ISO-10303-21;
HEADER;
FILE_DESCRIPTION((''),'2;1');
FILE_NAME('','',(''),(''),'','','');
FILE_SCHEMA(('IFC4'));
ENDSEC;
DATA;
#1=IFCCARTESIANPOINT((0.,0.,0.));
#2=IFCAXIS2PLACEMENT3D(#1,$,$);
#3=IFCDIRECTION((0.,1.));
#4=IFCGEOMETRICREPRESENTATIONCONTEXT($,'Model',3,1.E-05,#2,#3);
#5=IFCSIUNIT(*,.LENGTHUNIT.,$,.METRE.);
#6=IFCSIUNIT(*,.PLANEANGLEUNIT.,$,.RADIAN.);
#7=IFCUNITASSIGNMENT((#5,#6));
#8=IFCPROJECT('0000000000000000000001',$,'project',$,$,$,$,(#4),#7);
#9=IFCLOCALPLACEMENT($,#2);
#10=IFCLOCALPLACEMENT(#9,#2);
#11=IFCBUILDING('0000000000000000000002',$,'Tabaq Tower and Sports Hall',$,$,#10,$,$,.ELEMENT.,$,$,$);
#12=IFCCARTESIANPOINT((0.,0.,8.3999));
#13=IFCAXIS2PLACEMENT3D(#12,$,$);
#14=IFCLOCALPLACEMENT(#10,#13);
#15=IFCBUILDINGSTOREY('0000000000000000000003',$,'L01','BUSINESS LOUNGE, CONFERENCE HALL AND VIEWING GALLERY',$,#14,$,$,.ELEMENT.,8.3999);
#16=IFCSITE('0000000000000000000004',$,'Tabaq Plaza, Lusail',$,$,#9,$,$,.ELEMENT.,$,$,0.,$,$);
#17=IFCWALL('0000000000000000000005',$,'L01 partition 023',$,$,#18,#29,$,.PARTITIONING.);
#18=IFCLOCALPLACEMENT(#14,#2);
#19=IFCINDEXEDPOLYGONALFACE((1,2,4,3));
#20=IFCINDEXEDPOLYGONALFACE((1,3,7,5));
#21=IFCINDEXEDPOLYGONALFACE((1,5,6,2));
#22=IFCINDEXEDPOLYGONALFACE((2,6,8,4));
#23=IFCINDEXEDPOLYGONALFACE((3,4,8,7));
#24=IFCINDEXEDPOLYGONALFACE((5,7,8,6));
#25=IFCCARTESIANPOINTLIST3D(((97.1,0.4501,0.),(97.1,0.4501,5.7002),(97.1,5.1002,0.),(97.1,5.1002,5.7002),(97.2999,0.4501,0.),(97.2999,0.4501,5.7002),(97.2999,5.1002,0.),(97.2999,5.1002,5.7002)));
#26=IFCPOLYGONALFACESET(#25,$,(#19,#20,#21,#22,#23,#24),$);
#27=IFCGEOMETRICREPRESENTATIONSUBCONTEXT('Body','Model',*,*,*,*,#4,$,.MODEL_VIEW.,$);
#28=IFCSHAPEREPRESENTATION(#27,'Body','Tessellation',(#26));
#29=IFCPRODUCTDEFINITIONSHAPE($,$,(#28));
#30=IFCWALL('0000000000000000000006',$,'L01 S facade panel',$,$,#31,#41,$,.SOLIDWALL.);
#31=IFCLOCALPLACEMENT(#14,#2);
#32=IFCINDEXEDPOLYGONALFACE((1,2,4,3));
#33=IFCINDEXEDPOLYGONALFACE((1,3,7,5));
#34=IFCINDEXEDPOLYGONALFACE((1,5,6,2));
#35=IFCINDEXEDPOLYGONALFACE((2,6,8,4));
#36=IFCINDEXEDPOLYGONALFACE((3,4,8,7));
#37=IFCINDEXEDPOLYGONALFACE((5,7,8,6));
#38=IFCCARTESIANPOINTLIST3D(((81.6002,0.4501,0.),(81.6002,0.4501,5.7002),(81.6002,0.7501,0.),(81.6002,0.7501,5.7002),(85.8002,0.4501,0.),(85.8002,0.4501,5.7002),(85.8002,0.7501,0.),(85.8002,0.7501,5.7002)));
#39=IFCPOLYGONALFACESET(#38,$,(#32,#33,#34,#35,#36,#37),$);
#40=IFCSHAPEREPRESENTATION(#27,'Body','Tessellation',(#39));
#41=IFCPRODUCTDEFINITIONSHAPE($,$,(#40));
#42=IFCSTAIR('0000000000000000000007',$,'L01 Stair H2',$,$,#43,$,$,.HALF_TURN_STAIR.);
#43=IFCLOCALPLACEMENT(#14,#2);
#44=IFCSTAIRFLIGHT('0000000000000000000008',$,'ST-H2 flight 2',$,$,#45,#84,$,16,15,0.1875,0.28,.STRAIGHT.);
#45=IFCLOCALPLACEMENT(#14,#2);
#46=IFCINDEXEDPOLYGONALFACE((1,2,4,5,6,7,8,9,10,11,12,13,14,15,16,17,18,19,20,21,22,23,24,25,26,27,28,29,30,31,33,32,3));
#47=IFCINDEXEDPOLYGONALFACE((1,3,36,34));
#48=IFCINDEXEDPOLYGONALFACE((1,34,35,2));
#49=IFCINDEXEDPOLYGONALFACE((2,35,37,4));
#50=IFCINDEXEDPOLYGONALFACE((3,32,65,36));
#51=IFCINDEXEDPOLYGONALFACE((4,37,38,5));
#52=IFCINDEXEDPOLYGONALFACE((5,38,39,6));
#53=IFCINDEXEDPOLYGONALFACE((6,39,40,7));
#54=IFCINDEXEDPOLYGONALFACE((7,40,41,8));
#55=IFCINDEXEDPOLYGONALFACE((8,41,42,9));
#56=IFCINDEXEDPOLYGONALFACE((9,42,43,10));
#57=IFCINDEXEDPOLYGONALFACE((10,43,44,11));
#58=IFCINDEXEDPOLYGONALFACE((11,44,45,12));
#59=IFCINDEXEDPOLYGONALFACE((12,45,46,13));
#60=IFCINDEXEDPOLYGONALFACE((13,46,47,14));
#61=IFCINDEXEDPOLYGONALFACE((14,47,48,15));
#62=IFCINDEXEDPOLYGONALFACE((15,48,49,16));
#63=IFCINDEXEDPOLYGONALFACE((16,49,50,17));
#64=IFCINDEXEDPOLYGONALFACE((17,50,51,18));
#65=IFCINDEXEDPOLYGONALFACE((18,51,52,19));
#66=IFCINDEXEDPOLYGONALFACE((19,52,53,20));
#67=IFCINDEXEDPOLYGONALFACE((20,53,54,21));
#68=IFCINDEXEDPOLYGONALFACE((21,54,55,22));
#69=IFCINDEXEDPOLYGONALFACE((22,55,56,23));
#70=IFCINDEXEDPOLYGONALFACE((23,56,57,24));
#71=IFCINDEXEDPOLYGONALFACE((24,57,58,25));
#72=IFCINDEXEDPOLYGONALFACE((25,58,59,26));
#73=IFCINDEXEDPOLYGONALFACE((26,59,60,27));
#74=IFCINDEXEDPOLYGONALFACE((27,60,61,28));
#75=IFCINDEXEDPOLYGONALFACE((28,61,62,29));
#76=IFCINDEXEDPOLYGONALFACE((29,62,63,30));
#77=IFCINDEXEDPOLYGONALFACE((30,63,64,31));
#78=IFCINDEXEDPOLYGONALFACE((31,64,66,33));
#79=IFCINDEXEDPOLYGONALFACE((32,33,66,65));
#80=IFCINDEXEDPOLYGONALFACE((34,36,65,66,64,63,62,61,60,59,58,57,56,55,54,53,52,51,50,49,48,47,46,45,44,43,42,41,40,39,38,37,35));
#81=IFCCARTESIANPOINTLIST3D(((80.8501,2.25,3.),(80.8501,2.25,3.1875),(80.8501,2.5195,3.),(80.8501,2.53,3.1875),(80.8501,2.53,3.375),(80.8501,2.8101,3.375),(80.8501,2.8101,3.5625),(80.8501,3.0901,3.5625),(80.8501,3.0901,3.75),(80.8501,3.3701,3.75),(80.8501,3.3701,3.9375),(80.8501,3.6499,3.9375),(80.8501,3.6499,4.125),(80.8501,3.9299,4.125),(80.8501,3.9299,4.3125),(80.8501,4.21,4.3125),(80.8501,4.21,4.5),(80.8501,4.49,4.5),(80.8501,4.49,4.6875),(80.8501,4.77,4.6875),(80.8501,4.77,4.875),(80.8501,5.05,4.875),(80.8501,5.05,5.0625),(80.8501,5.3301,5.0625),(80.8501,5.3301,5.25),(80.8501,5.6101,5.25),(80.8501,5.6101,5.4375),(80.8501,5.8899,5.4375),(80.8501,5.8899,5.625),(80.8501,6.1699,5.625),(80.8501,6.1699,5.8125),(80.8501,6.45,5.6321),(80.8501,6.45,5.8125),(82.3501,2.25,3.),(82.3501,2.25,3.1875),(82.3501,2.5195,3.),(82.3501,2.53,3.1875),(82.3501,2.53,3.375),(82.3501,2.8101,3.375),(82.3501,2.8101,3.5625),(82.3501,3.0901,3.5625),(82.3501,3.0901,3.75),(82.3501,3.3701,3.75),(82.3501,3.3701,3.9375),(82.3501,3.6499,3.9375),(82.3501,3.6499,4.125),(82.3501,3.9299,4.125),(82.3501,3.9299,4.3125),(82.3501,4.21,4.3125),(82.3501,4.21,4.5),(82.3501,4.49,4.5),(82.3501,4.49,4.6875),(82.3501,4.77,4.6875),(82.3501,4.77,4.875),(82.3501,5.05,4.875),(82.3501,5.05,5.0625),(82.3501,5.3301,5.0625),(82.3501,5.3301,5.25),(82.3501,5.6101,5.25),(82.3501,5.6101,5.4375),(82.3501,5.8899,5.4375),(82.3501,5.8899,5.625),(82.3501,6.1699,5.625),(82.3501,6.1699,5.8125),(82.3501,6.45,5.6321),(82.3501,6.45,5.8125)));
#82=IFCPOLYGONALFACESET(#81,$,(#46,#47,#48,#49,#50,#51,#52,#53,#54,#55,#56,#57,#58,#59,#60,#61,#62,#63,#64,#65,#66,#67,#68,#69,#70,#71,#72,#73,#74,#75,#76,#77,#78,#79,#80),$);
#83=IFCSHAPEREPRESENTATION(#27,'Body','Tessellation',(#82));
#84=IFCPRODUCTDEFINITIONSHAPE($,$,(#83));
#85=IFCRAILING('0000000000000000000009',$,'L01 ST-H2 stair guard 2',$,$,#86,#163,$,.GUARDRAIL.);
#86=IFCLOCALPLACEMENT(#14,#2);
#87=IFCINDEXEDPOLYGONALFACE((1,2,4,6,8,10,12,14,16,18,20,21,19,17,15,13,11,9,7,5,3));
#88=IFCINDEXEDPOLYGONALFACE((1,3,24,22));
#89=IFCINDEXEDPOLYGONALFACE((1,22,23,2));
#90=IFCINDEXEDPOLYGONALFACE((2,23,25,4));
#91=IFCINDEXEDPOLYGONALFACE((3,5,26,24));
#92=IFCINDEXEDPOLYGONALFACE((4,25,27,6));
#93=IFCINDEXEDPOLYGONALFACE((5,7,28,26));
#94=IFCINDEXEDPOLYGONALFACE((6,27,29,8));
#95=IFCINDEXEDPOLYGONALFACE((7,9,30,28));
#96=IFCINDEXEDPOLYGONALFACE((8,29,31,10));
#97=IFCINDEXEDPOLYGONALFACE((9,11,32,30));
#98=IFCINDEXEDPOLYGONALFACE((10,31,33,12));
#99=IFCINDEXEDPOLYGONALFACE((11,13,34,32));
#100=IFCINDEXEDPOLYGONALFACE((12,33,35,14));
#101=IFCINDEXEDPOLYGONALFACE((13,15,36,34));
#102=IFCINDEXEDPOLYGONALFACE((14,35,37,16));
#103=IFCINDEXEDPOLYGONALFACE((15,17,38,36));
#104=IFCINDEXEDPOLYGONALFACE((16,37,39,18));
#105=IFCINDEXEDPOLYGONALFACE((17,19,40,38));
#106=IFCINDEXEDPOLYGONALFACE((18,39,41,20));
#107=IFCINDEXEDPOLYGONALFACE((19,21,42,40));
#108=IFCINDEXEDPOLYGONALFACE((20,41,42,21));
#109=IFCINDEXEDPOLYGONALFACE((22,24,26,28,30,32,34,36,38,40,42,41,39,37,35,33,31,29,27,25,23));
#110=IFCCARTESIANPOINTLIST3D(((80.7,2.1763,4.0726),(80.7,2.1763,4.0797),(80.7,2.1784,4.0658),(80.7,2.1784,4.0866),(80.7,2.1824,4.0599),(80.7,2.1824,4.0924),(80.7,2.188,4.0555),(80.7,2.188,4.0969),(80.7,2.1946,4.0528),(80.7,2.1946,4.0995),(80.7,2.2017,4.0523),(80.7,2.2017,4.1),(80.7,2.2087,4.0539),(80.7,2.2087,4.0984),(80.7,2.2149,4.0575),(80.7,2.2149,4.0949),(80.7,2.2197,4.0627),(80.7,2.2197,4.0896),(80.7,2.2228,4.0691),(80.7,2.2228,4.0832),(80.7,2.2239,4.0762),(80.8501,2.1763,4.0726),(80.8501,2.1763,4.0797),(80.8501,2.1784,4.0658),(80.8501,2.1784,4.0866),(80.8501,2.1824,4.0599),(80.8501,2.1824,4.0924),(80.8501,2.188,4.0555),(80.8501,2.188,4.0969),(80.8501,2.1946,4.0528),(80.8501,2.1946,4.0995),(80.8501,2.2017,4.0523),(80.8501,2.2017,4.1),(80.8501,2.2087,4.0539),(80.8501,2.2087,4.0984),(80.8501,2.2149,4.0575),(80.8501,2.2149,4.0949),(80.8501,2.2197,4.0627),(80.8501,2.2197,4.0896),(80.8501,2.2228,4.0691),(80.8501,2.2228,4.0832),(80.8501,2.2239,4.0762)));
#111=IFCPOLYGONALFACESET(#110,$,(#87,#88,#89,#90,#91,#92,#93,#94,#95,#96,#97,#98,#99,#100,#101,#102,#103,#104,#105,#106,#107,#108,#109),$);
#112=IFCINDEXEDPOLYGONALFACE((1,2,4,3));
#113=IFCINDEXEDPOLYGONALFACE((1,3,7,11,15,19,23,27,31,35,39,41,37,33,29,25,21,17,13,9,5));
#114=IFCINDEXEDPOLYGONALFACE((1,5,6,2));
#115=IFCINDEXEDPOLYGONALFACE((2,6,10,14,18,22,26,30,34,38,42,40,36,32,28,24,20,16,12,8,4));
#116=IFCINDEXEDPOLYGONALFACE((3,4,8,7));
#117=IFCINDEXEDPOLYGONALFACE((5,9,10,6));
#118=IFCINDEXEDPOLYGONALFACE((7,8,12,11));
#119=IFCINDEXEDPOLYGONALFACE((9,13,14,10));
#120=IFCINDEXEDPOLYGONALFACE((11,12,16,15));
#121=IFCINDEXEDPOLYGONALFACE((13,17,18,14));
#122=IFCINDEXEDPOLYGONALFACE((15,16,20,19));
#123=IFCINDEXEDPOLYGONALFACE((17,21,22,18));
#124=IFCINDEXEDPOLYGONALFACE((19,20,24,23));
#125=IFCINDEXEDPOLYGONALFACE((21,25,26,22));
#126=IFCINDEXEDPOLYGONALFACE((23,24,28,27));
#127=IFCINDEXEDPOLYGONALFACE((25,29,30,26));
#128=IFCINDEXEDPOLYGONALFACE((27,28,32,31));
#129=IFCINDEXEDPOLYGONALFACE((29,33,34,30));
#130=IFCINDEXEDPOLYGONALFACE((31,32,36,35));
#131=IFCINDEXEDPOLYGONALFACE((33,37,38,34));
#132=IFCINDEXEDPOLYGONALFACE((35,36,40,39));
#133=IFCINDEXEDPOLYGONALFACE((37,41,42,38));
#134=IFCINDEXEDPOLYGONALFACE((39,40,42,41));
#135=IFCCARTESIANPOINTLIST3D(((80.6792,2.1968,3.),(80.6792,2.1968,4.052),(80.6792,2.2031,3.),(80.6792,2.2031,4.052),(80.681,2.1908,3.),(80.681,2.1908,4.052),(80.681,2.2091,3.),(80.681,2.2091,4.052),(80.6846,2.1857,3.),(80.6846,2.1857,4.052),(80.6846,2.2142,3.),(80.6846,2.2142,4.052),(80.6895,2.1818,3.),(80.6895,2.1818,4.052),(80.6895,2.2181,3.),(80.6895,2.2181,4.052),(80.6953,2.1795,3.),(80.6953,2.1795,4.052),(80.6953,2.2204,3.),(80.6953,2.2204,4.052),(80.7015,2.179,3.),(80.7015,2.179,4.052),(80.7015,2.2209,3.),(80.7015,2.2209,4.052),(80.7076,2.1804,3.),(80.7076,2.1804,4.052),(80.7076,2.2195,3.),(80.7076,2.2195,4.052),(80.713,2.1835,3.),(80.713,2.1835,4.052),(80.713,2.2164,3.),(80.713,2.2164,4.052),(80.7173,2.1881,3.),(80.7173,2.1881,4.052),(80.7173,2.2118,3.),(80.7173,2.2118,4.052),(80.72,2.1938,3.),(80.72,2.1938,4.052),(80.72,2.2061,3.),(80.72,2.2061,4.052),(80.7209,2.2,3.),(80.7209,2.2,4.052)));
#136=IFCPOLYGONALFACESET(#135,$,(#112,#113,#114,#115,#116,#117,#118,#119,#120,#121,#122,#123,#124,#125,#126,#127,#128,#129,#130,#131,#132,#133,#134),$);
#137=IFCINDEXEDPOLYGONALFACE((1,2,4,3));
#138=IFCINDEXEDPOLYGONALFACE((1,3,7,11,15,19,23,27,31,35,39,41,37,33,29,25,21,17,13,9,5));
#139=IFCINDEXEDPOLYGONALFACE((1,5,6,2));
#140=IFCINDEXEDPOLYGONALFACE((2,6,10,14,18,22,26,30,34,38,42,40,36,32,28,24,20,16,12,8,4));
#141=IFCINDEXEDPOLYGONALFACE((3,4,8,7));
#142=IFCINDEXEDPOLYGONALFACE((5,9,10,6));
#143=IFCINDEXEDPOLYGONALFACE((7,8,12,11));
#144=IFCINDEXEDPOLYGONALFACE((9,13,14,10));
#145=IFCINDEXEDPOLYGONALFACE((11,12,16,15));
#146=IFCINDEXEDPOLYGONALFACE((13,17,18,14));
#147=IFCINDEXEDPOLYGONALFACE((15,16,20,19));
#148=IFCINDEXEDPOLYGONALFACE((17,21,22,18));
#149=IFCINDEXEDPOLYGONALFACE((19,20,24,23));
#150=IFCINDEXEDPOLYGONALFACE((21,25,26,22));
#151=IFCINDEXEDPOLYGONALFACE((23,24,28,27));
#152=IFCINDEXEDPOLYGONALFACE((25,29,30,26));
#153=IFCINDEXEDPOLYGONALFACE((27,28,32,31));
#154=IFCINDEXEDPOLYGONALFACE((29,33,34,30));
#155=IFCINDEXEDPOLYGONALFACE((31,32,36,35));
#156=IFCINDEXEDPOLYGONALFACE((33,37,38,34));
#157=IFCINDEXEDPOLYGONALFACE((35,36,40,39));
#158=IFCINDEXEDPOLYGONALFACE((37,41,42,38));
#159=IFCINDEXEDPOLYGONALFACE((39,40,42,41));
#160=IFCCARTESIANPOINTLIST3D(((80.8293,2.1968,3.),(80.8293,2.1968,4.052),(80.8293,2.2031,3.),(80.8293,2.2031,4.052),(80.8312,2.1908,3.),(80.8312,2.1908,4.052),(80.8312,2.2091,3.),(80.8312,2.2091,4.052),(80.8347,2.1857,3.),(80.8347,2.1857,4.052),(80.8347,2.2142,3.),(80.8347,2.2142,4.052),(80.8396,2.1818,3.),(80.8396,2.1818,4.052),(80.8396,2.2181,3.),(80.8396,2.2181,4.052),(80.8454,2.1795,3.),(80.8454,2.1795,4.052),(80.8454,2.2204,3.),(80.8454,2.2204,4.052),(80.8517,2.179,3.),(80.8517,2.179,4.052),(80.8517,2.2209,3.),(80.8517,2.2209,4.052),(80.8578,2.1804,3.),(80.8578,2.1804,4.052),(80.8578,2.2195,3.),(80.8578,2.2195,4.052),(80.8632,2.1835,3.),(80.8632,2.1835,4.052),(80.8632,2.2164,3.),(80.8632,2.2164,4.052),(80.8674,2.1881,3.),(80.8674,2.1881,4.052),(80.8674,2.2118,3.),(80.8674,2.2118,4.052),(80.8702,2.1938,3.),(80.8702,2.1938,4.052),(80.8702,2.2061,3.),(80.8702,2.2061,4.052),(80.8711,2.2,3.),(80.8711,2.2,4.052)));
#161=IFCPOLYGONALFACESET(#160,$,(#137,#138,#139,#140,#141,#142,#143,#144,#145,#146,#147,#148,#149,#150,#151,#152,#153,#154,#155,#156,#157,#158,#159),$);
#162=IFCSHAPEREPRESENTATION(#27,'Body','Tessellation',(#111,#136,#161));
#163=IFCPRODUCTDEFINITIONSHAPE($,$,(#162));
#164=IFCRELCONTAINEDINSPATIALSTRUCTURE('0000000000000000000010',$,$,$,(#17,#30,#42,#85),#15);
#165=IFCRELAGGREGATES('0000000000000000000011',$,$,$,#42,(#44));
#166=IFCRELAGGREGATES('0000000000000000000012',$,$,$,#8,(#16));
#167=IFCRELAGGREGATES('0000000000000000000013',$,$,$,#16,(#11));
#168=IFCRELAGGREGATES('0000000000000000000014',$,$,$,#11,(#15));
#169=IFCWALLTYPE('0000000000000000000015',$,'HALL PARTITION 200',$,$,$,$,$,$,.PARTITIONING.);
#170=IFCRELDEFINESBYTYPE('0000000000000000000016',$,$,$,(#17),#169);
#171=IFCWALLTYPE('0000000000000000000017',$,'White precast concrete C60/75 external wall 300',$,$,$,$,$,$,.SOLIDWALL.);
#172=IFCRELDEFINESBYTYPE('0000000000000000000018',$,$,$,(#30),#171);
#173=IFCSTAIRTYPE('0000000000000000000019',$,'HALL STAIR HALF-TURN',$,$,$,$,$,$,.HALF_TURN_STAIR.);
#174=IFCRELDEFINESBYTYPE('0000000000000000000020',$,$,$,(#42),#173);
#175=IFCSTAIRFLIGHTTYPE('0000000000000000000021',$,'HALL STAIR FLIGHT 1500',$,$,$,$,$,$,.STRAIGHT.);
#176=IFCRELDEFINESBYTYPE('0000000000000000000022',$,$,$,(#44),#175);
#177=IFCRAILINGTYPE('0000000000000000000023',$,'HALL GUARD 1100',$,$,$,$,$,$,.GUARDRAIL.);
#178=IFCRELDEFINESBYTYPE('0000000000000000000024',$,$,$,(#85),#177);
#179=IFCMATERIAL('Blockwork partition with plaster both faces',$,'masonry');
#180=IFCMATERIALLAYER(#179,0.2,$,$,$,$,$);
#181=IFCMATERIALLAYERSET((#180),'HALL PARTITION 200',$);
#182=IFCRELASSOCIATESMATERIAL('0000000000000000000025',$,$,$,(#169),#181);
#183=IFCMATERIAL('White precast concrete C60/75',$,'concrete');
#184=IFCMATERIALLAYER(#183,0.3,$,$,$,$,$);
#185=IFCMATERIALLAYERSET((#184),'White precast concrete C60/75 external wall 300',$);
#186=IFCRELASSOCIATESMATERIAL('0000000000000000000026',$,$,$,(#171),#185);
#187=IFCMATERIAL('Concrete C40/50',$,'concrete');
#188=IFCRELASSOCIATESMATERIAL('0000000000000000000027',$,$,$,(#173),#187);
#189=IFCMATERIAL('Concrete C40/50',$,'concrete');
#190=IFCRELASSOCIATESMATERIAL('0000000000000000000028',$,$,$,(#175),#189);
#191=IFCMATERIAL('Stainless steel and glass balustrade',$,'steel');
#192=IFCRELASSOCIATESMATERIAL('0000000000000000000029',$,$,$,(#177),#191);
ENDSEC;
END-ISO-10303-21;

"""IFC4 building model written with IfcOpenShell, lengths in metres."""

from ifc_helpers import new_model, si_unit, direction, frame, frame_2d, origin, origin_2d, place, context, subcontext, project, spatial, polyline, rectangle, circle, outline, extrude, material, layer, layer_set, type_object, element, aggregate, save


model = new_model("IFC4")

# Units and contexts
model_context = context("Model", 3, precision=1e-05, world=origin(), true_north=direction((0.0, 1.0)))
body_context = subcontext(model_context, "Body", "Model", "MODEL_VIEW")
ifc_project = project(units=[si_unit("LENGTHUNIT", "METRE"), si_unit("PLANEANGLEUNIT", "RADIAN")], contexts=[model_context])

# Site, building, storey
site_placement = place(None, origin())
site = spatial("IfcSite", under=ifc_project, at=site_placement, Name="Tabaq Plaza, Lusail", CompositionType="ELEMENT", RefElevation=0.0)
building_placement = place(site_placement, origin())
building = spatial("IfcBuilding", under=site, at=building_placement, Name="Tabaq Tower and Sports Hall", CompositionType="ELEMENT")
storey_placement = place(building_placement, frame((0.0, 0.0, 8.3999)))
storey = spatial("IfcBuildingStorey", under=building, at=storey_placement, Name="L01", Description="BUSINESS LOUNGE, CONFERENCE HALL AND VIEWING GALLERY", CompositionType="ELEMENT", Elevation=8.3999)

# Shared definitions
ifc_material_1 = material(Name="Blockwork partition with plaster both faces", Category="masonry")
ifc_layer_1 = layer(ifc_material_1, 0.2)
ifc_layer_set_1 = layer_set([ifc_layer_1], Name="HALL PARTITION 200")
wall_type_1 = type_object("IfcWallType", Name="HALL PARTITION 200", PredefinedType="PARTITIONING", material=ifc_layer_set_1)

# Walls
wall_1_placement = place(storey_placement, frame((97.2, 0.45, 0.0), z_axis=(0.0, 0.0, 1.0), x_axis=(0.0, 1.0, 0.0)))
element("IfcWall", 1, at=wall_1_placement, inside=storey, type_object=wall_type_1, Name="L01 partition 023", PredefinedType="PARTITIONING", context=body_context, shape_type="SweptSolid", body=[
    extrude(rectangle(XDim=4.6501, YDim=0.2, at=frame_2d((2.3252, 0.0))), origin(), (0.0, 0.0, 1.0), 5.7002),
])
ifc_material_2 = material(Name="White precast concrete C60/75", Category="concrete")
ifc_layer_2 = layer(ifc_material_2, 0.3)
ifc_layer_set_2 = layer_set([ifc_layer_2], Name="White precast concrete C60/75 external wall 300")
wall_type_2 = type_object("IfcWallType", Name="White precast concrete C60/75 external wall 300", PredefinedType="SOLIDWALL", material=ifc_layer_set_2)
wall_2_placement = place(storey_placement, frame((81.6001, 0.6001, 0.0), z_axis=(0.0, 0.0, 1.0), x_axis=(1.0, 0.0, 0.0)))
element("IfcWall", 2, at=wall_2_placement, inside=storey, type_object=wall_type_2, Name="L01 S facade panel", PredefinedType="SOLIDWALL", context=body_context, shape_type="SweptSolid", body=[
    extrude(rectangle(XDim=4.2, YDim=0.3, at=frame_2d((2.1001, 0.0))), origin(), (0.0, 0.0, 1.0), 5.7002),
])

# Stair, stair flight
ifc_material_3 = material(Name="Concrete C40/50", Category="concrete")
stair_type = type_object("IfcStairType", Name="HALL STAIR HALF-TURN", PredefinedType="HALF_TURN_STAIR", material=ifc_material_3)
stair_placement = place(storey_placement, origin())
stair = element("IfcStair", 3, at=stair_placement, inside=storey, type_object=stair_type, Name="L01 Stair H2", PredefinedType="HALF_TURN_STAIR")
ifc_material_4 = material(Name="Concrete C40/50", Category="concrete")
stair_flight_type = type_object("IfcStairFlightType", Name="HALL STAIR FLIGHT 1500", PredefinedType="STRAIGHT", material=ifc_material_4)
stair_flight_placement = place(storey_placement, frame((81.6001, 2.25, 3.0), z_axis=(0.0, 0.0, 1.0), x_axis=(0.0, 1.0, 0.0)))
stair_flight = element("IfcStairFlight", 4, at=stair_flight_placement, type_object=stair_flight_type, Name="ST-H2 flight 2", NumberOfRisers=16, NumberOfTreads=15, PredefinedType="STRAIGHT", RiserHeight=0.1875, TreadLength=0.28, context=body_context, shape_type="SweptSolid", body=[
    extrude(outline(polyline([(0.0, 0.0), (0.0, 0.1875), (0.28, 0.1875), (0.28, 0.375), (0.5601, 0.375), (0.5601, 0.5625), (0.8401, 0.5625), (0.8401, 0.75), (1.1201, 0.75), (1.1201, 0.9375), (1.3999, 0.9375), (1.3999, 1.125), (1.6799, 1.125), (1.6799, 1.3125), (1.96, 1.3125), (1.96, 1.5), (2.24, 1.5), (2.24, 1.6875), (2.52, 1.6875), (2.52, 1.875), (2.8, 1.875), (2.8, 2.0625), (3.0801, 2.0625), (3.0801, 2.25), (3.3601, 2.25), (3.3601, 2.4375), (3.6399, 2.4375), (3.6399, 2.625), (3.9199, 2.625), (3.9199, 2.8125), (4.2, 2.8125), (4.2, 3.0), (4.2, 2.6321), (0.2695, 0.0), (0.0, 0.0)])), frame((0.0, 0.75, 0.0), z_axis=(0.0, -1.0, 0.0), x_axis=(1.0, 0.0, 0.0)), (0.0, 0.0, 1.0), 1.5),
])
aggregate(stair, [stair_flight])

# Railing
ifc_material_5 = material(Name="Stainless steel and glass balustrade", Category="steel")
railing_type_1 = type_object("IfcRailingType", Name="HALL GUARD 1100", PredefinedType="GUARDRAIL", material=ifc_material_5)
railing_1_placement = place(storey_placement, frame((80.7, 2.2, 3.0)))
element("IfcRailing", 5, at=railing_1_placement, inside=storey, type_object=railing_type_1, Name="L01 ST-H2 stair guard 2", PredefinedType="GUARDRAIL", context=body_context, shape_type="SweptSolid", body=[
    extrude(circle(Radius=0.0239, at=origin_2d()), frame((0.0, 0.0, 1.0762), z_axis=(1.0, 0.0, 0.0), x_axis=(0.0, 1.0, 0.0)), (0.0, 0.0, 1.0), 0.1501),
    extrude(circle(Radius=0.021, at=origin_2d()), origin(), (0.0, 0.0, 1.0), 1.052),
    extrude(circle(Radius=0.021, at=origin_2d()), frame((0.1501, 0.0, 0.0)), (0.0, 0.0, 1.0), 1.052),
])

save(model, "model.ifc")
